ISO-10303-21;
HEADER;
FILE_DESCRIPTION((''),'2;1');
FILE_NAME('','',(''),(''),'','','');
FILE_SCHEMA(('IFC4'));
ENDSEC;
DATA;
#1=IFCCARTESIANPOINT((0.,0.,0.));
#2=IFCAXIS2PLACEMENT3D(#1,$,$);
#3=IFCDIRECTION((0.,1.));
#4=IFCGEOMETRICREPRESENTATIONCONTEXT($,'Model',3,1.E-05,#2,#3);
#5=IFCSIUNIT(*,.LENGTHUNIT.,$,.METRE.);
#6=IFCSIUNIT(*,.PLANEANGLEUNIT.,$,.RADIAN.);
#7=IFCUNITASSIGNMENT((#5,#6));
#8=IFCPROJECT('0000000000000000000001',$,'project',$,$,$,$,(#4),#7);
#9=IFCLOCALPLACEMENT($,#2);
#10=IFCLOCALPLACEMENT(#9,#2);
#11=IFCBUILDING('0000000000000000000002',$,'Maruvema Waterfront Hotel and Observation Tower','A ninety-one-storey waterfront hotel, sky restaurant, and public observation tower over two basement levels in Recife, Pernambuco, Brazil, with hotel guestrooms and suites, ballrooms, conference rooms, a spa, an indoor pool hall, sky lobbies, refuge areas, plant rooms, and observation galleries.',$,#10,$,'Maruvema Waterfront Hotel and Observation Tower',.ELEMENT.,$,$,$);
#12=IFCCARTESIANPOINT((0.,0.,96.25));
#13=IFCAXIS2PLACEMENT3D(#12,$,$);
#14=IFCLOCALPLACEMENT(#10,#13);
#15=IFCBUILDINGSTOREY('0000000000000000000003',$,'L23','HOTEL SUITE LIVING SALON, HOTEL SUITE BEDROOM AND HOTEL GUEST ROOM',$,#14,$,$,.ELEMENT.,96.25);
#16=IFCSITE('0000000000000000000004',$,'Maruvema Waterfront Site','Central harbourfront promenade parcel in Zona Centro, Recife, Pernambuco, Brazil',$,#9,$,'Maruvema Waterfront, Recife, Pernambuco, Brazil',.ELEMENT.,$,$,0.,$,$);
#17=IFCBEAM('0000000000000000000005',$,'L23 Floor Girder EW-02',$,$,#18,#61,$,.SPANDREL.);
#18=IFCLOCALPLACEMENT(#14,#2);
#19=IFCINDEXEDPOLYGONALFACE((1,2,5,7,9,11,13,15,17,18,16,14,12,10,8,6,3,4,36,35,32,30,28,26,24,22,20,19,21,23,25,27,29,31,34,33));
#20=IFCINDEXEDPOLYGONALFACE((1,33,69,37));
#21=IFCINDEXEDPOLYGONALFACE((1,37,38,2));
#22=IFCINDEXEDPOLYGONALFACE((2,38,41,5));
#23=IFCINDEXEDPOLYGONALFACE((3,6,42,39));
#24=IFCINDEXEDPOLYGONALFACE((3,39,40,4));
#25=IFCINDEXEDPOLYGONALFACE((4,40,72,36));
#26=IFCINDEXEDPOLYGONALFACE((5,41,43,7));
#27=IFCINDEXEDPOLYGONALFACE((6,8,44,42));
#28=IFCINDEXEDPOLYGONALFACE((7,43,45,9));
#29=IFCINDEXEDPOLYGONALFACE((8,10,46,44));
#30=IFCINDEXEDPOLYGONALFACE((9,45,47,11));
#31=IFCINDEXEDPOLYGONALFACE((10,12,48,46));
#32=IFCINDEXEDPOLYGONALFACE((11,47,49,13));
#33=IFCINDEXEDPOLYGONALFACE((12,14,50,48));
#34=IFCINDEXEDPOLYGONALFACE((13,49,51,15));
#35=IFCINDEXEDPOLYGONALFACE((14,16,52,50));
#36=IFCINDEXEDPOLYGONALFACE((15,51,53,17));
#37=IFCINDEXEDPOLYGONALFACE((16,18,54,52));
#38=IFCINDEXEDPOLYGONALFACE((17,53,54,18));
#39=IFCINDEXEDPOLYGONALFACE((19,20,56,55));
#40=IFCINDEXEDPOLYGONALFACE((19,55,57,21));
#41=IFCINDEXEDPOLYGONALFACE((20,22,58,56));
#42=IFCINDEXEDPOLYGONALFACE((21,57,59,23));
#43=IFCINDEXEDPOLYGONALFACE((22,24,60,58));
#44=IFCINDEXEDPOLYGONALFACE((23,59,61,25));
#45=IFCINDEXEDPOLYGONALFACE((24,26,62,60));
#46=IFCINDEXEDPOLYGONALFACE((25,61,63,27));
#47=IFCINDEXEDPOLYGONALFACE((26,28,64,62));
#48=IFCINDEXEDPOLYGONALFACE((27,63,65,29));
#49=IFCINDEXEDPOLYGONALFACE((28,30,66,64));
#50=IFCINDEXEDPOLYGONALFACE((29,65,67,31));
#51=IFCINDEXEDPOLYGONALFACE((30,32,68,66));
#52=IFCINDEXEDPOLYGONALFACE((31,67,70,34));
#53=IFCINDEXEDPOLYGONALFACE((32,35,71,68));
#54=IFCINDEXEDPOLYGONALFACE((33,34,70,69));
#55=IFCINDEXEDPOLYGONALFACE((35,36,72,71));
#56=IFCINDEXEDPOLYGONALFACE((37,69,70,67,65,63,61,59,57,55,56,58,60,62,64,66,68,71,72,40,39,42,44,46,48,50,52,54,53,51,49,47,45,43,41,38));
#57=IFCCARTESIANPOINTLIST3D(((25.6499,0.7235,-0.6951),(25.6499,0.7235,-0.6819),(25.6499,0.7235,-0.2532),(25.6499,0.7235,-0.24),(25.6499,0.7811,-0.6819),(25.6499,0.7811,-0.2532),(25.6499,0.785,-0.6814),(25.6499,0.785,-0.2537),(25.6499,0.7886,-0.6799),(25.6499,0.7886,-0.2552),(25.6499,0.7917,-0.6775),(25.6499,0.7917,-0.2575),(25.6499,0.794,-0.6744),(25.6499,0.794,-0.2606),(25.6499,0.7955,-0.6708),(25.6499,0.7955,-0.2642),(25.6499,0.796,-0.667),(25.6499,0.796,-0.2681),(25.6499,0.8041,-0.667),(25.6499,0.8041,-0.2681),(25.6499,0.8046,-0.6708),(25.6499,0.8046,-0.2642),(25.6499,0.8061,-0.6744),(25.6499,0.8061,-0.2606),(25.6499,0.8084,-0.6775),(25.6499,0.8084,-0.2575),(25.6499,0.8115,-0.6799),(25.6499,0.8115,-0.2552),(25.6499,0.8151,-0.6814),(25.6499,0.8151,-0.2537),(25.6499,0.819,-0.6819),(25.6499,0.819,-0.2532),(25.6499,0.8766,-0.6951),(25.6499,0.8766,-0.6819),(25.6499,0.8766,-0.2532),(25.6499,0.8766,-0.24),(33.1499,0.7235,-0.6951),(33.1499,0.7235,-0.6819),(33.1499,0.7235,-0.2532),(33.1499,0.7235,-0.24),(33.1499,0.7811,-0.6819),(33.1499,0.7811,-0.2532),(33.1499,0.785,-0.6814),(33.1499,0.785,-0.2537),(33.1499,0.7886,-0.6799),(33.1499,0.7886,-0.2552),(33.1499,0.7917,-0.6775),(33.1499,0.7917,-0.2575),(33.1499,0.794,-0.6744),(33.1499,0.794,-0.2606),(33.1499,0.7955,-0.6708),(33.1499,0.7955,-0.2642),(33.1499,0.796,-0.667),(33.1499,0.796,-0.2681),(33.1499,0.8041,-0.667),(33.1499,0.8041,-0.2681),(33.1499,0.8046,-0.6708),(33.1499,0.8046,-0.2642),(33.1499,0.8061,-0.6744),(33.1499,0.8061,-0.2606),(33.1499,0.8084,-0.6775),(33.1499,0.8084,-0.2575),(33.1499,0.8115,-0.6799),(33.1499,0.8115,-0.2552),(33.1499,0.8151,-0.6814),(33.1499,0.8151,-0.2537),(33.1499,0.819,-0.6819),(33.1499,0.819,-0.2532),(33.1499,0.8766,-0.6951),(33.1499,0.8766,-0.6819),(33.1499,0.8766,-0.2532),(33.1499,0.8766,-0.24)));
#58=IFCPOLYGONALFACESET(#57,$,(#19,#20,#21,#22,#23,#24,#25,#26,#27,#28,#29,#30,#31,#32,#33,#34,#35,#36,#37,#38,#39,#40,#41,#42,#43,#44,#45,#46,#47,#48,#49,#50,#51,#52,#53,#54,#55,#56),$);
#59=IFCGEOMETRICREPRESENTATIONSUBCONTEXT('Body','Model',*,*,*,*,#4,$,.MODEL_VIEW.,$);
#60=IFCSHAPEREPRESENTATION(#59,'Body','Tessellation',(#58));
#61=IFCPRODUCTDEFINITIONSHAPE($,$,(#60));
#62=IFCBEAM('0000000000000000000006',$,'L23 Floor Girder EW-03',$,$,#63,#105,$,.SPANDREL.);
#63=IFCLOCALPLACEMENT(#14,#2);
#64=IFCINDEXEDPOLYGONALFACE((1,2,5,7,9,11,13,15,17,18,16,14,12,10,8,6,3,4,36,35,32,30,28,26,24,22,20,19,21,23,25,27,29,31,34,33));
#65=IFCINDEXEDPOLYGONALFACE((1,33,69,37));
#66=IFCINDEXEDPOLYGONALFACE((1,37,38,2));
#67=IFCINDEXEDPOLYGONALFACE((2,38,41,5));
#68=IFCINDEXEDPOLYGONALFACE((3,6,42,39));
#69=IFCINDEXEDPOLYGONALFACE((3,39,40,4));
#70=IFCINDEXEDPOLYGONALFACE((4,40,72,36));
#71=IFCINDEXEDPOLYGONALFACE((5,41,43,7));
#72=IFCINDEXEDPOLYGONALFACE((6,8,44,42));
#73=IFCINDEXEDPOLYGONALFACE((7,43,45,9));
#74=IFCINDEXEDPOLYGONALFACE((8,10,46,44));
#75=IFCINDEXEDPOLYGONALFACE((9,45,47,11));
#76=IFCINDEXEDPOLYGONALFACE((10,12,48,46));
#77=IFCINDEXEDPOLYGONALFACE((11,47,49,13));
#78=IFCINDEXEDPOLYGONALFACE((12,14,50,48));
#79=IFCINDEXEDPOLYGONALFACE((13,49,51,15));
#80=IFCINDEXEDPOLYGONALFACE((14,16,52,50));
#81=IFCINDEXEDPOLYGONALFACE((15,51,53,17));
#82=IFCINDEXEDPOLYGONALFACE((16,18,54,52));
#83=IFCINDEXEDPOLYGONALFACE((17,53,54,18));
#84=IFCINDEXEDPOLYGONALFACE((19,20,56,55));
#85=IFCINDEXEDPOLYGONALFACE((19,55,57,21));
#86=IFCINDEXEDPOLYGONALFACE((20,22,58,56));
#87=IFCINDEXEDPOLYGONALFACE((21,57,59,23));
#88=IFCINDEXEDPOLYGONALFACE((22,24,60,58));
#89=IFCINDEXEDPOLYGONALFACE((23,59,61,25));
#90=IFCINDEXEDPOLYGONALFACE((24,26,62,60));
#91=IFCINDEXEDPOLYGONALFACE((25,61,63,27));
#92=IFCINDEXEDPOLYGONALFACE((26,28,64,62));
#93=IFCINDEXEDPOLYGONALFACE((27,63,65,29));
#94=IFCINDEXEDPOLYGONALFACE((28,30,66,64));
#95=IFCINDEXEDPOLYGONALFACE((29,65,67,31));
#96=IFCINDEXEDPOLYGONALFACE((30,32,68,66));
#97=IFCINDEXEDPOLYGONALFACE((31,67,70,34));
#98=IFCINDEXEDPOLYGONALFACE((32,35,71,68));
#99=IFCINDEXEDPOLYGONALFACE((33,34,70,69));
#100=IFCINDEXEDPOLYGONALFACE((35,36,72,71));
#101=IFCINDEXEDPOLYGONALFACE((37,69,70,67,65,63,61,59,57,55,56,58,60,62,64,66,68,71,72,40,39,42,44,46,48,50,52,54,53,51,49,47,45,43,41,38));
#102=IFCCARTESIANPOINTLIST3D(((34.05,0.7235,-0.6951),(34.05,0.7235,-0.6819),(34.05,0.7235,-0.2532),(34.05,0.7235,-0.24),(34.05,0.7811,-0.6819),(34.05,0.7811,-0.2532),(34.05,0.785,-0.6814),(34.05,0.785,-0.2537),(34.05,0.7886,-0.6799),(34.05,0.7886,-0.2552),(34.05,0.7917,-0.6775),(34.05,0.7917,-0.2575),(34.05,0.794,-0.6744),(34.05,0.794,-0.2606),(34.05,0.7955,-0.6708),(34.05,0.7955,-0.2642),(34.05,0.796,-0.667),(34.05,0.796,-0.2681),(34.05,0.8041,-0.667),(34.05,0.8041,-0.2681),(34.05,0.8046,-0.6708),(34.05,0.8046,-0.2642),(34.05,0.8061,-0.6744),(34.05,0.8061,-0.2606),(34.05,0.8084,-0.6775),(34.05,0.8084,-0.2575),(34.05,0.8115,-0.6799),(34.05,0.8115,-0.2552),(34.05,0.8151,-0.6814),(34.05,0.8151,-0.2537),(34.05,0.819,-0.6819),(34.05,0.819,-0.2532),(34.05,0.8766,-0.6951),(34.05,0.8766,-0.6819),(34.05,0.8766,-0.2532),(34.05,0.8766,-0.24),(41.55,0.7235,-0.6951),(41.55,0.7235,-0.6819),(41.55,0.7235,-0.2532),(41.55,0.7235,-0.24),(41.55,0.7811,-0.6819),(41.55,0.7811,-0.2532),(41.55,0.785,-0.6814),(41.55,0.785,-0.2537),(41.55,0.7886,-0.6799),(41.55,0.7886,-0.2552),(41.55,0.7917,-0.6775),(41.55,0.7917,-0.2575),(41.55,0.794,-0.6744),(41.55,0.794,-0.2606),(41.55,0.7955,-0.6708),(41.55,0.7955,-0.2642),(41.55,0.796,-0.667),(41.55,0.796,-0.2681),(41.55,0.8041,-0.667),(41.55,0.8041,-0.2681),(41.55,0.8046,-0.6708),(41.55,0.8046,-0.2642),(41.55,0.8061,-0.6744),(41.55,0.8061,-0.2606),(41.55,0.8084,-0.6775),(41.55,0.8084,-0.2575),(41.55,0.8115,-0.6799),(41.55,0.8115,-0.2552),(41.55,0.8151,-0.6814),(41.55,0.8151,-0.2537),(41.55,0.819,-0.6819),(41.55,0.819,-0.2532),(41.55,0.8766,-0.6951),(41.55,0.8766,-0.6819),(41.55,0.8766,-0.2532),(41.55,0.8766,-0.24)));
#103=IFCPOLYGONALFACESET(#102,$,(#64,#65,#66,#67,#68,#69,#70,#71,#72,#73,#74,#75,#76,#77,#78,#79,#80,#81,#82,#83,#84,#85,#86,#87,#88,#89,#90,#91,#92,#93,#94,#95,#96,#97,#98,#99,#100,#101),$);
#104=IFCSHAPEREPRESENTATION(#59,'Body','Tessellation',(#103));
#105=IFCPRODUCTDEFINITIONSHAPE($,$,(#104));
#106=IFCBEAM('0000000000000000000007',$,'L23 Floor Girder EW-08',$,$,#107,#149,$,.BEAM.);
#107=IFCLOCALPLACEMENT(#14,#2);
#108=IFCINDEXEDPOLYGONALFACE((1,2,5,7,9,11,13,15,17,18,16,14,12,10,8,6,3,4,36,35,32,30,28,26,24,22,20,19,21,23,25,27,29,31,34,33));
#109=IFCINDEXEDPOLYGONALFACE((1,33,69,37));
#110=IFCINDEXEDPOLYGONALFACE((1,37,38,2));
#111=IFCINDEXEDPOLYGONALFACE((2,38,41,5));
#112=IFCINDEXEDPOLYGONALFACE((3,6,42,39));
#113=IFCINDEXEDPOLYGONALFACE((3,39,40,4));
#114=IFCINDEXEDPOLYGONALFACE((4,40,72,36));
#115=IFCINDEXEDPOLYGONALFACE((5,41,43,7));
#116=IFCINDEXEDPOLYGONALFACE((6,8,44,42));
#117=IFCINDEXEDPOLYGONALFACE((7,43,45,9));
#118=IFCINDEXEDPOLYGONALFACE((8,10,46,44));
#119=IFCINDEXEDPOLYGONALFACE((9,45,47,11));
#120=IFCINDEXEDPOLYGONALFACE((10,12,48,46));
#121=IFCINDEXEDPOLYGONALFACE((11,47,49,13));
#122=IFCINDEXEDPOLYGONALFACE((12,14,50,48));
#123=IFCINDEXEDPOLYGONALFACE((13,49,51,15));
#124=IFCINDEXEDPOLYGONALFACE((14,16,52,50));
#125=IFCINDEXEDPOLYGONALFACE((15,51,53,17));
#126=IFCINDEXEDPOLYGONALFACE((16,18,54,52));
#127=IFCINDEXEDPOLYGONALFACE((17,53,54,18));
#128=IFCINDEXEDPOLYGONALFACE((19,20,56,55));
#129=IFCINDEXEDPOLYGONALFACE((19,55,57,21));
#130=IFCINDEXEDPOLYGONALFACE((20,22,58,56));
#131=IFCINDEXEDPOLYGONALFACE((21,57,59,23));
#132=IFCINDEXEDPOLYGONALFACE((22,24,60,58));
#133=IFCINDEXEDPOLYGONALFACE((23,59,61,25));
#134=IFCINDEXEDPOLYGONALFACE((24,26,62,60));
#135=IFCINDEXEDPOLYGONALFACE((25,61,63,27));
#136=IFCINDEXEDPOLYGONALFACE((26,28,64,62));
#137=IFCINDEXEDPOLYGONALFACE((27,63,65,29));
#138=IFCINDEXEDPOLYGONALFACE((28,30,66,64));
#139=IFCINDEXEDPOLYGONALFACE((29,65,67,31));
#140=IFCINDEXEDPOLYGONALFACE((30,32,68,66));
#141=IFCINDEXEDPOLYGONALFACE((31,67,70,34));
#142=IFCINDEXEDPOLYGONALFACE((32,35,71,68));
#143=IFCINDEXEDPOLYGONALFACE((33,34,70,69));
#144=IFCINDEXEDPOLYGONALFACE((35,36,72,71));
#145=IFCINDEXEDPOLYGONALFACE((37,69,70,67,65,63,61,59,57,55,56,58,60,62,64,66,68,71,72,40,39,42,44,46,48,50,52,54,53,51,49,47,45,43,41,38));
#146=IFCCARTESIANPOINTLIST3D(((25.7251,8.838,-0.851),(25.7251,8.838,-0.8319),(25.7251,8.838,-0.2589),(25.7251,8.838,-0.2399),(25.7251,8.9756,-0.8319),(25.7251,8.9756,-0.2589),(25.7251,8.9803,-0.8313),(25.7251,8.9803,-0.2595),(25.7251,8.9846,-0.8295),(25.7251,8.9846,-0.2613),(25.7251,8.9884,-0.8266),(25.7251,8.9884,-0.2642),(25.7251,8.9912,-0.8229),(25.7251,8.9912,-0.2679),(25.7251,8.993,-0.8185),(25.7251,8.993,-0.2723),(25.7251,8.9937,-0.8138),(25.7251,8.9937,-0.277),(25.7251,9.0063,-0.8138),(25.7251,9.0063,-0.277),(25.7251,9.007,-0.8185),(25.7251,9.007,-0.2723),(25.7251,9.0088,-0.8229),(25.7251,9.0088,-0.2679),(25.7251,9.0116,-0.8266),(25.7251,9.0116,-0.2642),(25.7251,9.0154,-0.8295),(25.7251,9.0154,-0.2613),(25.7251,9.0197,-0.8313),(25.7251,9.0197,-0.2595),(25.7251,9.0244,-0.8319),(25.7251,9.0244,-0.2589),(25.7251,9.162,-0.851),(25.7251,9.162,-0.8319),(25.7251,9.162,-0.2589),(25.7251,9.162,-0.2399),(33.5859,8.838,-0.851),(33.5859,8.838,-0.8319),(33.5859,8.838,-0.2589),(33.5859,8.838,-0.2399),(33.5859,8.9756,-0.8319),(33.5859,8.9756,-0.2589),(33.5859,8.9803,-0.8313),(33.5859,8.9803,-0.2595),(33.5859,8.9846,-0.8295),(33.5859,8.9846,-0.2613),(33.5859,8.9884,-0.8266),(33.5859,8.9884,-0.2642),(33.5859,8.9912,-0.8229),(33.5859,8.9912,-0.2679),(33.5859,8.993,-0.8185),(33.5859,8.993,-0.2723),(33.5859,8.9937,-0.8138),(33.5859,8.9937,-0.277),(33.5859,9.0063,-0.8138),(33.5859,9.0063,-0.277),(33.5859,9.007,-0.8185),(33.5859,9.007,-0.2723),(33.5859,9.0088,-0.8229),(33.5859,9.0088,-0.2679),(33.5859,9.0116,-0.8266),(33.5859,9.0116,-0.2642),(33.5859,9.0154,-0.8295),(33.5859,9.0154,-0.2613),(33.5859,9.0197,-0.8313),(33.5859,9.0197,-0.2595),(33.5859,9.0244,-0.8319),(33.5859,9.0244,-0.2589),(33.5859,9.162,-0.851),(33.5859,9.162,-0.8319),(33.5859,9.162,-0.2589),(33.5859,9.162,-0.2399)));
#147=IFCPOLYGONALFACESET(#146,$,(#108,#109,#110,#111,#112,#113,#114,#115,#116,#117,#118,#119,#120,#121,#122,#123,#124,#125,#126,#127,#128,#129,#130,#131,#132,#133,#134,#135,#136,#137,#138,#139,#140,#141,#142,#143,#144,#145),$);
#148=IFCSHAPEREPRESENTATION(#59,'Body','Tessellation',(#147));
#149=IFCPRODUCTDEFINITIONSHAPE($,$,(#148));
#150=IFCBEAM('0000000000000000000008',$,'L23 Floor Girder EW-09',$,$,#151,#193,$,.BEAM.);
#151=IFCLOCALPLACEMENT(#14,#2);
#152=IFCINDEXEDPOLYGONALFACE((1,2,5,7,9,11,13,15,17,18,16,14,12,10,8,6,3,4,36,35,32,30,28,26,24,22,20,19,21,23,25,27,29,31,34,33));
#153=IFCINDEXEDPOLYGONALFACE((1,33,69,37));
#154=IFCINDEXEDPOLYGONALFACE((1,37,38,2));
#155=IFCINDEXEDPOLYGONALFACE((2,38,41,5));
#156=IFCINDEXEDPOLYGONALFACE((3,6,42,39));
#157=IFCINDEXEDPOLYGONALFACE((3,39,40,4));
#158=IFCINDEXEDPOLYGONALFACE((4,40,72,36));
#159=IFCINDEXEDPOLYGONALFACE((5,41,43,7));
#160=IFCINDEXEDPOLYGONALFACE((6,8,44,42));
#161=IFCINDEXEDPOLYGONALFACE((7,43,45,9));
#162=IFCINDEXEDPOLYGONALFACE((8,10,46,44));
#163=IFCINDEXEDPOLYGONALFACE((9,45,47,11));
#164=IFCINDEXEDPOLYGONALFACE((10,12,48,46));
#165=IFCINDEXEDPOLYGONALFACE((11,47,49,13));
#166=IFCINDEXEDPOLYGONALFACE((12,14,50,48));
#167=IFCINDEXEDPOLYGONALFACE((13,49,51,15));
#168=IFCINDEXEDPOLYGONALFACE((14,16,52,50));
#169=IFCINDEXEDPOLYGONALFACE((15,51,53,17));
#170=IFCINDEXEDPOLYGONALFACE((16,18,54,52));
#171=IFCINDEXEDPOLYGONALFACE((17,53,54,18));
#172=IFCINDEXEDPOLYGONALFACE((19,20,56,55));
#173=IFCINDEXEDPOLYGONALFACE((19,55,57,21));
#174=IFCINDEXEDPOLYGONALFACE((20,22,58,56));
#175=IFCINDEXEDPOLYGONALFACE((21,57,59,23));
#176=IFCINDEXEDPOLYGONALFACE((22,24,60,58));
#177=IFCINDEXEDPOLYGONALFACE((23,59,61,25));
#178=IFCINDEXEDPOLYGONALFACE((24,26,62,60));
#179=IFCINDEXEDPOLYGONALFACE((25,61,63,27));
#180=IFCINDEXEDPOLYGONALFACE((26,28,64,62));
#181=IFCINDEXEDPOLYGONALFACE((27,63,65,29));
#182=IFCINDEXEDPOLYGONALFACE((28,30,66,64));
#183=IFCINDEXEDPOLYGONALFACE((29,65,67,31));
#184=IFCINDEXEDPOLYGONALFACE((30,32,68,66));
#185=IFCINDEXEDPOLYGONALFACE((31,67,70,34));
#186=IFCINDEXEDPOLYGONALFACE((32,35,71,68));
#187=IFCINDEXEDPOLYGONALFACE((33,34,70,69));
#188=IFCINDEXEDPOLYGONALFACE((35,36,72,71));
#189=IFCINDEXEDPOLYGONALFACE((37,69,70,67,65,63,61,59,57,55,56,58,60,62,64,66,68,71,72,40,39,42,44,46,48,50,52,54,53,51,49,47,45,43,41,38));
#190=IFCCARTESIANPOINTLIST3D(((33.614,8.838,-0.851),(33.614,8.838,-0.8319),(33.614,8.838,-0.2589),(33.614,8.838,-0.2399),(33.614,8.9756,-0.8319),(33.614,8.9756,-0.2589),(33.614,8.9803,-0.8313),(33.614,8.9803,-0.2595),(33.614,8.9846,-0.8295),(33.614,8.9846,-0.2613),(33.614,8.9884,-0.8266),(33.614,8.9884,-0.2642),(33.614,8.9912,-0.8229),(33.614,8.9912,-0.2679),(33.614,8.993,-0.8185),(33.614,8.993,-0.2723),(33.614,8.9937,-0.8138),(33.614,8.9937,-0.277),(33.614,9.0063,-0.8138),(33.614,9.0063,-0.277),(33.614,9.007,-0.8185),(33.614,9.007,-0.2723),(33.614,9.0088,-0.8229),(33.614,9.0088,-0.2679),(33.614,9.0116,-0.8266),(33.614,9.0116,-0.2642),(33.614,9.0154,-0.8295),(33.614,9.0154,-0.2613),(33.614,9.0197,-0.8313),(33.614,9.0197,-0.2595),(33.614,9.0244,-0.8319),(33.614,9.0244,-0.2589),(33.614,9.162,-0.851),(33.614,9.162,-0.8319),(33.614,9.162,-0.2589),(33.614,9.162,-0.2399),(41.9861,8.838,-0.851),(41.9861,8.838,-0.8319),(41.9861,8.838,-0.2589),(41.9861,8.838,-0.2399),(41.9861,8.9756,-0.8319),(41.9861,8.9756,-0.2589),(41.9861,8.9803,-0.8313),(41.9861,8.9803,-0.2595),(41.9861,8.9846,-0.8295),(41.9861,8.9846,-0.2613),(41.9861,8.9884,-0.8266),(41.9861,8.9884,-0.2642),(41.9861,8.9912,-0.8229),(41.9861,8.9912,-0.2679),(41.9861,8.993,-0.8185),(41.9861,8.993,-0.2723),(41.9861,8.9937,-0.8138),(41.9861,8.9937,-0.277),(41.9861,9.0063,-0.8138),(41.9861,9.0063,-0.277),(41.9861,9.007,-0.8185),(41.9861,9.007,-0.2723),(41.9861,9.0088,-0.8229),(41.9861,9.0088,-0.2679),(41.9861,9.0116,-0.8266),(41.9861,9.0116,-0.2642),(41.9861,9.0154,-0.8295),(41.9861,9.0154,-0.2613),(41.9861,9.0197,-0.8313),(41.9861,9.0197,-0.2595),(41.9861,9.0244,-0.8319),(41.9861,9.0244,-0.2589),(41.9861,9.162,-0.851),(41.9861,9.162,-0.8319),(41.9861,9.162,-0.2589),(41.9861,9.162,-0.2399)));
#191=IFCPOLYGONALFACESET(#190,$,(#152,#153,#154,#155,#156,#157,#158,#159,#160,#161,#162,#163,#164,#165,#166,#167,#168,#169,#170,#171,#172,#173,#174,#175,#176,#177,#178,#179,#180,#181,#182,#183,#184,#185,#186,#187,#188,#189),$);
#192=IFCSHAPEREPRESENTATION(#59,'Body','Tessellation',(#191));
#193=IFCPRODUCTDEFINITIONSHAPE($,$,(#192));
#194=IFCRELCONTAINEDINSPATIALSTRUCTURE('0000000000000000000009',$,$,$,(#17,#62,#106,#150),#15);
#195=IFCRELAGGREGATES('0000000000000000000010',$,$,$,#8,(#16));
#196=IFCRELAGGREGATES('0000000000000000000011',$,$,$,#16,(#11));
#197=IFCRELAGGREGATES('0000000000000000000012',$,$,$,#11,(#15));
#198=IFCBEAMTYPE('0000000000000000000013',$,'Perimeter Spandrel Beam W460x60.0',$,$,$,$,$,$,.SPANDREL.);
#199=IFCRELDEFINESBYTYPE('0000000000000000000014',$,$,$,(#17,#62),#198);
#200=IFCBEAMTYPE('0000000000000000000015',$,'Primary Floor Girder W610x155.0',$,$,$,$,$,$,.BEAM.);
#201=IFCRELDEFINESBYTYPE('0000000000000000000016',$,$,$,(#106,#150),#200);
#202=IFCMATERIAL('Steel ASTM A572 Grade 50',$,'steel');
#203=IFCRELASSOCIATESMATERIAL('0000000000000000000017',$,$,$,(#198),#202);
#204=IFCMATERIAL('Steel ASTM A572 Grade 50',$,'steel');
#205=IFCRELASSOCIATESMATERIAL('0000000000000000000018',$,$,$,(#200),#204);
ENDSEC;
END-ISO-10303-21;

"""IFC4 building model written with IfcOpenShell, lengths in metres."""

from ifc_helpers import new_model, si_unit, direction, frame, origin, origin_2d, place, context, subcontext, project, spatial, i_section, extrude, material, material_profile, profile_set, type_object, element, save


model = new_model("IFC4")

# Units and contexts
model_context = context("Model", 3, precision=1e-05, world=origin(), true_north=direction((0.0, 1.0)))
body_context = subcontext(model_context, "Body", "Model", "MODEL_VIEW")
ifc_project = project(units=[si_unit("LENGTHUNIT", "METRE"), si_unit("PLANEANGLEUNIT", "RADIAN")], contexts=[model_context])

# Site, building, storey
site_placement = place(None, origin())
site = spatial("IfcSite", under=ifc_project, at=site_placement, Name="Maruvema Waterfront Site", Description="Central harbourfront promenade parcel in Zona Centro, Recife, Pernambuco, Brazil", LongName="Maruvema Waterfront, Recife, Pernambuco, Brazil", CompositionType="ELEMENT", RefElevation=0.0)
building_placement = place(site_placement, origin())
building = spatial("IfcBuilding", under=site, at=building_placement, Name="Maruvema Waterfront Hotel and Observation Tower", Description="A ninety-one-storey waterfront hotel, sky restaurant, and public observation tower over two basement levels in Recife, Pernambuco, Brazil, with hotel guestrooms and suites, ballrooms, conference rooms, a spa, an indoor pool hall, sky lobbies, refuge areas, plant rooms, and observation galleries.", LongName="Maruvema Waterfront Hotel and Observation Tower", CompositionType="ELEMENT")
storey_placement = place(building_placement, frame((0.0, 0.0, 96.25)))
storey = spatial("IfcBuildingStorey", under=building, at=storey_placement, Name="L23", Description="HOTEL SUITE LIVING SALON, HOTEL SUITE BEDROOM AND HOTEL GUEST ROOM", CompositionType="ELEMENT", Elevation=96.25)

# Beams
ifc_material_1 = material(Name="Steel ASTM A572 Grade 50", Category="steel")
ifc_material_profile_1 = material_profile(ifc_material_1, i_section(OverallWidth=0.1531, OverallDepth=0.4551, WebThickness=0.0081, FlangeThickness=0.0132, FilletRadius=0.0149, at=origin_2d()), Name="W460x60.0")
ifc_profile_set_1 = profile_set([ifc_material_profile_1], Name="Steel ASTM A572 Grade 50")
beam_type_1 = type_object("IfcBeamType", Name="Perimeter Spandrel Beam W460x60.0", PredefinedType="SPANDREL", material=ifc_profile_set_1)
for number, where, z_axis, x_axis, name in (
    (1, (25.6499, 0.8, -0.4675), (1.0, 0.0, 0.0), (0.0, 1.0, 0.0), "L23 Floor Girder EW-02"),
    (2, (34.05, 0.8, -0.4675), (1.0, 0.0, 0.0), (0.0, 1.0, 0.0), "L23 Floor Girder EW-03"),
):
    element("IfcBeam", number, at=place(storey_placement, frame(where, z_axis=z_axis, x_axis=x_axis)), inside=storey, type_object=beam_type_1, Name=name, PredefinedType="SPANDREL", context=body_context, shape_type="SweptSolid", body=[
        extrude(i_section(OverallWidth=0.1531, OverallDepth=0.4551, WebThickness=0.0081, FlangeThickness=0.0132, FilletRadius=0.0149, at=origin_2d()), origin(), (0.0, 0.0, 1.0), 7.5),
    ])
ifc_material_2 = material(Name="Steel ASTM A572 Grade 50", Category="steel")
ifc_material_profile_2 = material_profile(ifc_material_2, i_section(OverallWidth=0.324, OverallDepth=0.6111, WebThickness=0.0127, FlangeThickness=0.019, FilletRadius=0.0181, at=origin_2d()), Name="W610x155.0")
ifc_profile_set_2 = profile_set([ifc_material_profile_2], Name="Steel ASTM A572 Grade 50")
beam_type_2 = type_object("IfcBeamType", Name="Primary Floor Girder W610x155.0", PredefinedType="BEAM", material=ifc_profile_set_2)
beam_1_placement = place(storey_placement, frame((25.7251, 9.0, -0.5454), z_axis=(1.0, 0.0, 0.0), x_axis=(0.0, 1.0, 0.0)))
element("IfcBeam", 3, at=beam_1_placement, inside=storey, type_object=beam_type_2, Name="L23 Floor Girder EW-08", PredefinedType="BEAM", context=body_context, shape_type="SweptSolid", body=[
    extrude(i_section(OverallWidth=0.324, OverallDepth=0.6111, WebThickness=0.0127, FlangeThickness=0.019, FilletRadius=0.0181, at=origin_2d()), origin(), (0.0, 0.0, 1.0), 7.8608),
])
beam_2_placement = place(storey_placement, frame((33.614, 9.0, -0.5454), z_axis=(1.0, 0.0, 0.0), x_axis=(0.0, 1.0, 0.0)))
element("IfcBeam", 4, at=beam_2_placement, inside=storey, type_object=beam_type_2, Name="L23 Floor Girder EW-09", PredefinedType="BEAM", context=body_context, shape_type="SweptSolid", body=[
    extrude(i_section(OverallWidth=0.324, OverallDepth=0.6111, WebThickness=0.0127, FlangeThickness=0.019, FilletRadius=0.0181, at=origin_2d()), origin(), (0.0, 0.0, 1.0), 8.3721),
])

save(model, "model.ifc")
